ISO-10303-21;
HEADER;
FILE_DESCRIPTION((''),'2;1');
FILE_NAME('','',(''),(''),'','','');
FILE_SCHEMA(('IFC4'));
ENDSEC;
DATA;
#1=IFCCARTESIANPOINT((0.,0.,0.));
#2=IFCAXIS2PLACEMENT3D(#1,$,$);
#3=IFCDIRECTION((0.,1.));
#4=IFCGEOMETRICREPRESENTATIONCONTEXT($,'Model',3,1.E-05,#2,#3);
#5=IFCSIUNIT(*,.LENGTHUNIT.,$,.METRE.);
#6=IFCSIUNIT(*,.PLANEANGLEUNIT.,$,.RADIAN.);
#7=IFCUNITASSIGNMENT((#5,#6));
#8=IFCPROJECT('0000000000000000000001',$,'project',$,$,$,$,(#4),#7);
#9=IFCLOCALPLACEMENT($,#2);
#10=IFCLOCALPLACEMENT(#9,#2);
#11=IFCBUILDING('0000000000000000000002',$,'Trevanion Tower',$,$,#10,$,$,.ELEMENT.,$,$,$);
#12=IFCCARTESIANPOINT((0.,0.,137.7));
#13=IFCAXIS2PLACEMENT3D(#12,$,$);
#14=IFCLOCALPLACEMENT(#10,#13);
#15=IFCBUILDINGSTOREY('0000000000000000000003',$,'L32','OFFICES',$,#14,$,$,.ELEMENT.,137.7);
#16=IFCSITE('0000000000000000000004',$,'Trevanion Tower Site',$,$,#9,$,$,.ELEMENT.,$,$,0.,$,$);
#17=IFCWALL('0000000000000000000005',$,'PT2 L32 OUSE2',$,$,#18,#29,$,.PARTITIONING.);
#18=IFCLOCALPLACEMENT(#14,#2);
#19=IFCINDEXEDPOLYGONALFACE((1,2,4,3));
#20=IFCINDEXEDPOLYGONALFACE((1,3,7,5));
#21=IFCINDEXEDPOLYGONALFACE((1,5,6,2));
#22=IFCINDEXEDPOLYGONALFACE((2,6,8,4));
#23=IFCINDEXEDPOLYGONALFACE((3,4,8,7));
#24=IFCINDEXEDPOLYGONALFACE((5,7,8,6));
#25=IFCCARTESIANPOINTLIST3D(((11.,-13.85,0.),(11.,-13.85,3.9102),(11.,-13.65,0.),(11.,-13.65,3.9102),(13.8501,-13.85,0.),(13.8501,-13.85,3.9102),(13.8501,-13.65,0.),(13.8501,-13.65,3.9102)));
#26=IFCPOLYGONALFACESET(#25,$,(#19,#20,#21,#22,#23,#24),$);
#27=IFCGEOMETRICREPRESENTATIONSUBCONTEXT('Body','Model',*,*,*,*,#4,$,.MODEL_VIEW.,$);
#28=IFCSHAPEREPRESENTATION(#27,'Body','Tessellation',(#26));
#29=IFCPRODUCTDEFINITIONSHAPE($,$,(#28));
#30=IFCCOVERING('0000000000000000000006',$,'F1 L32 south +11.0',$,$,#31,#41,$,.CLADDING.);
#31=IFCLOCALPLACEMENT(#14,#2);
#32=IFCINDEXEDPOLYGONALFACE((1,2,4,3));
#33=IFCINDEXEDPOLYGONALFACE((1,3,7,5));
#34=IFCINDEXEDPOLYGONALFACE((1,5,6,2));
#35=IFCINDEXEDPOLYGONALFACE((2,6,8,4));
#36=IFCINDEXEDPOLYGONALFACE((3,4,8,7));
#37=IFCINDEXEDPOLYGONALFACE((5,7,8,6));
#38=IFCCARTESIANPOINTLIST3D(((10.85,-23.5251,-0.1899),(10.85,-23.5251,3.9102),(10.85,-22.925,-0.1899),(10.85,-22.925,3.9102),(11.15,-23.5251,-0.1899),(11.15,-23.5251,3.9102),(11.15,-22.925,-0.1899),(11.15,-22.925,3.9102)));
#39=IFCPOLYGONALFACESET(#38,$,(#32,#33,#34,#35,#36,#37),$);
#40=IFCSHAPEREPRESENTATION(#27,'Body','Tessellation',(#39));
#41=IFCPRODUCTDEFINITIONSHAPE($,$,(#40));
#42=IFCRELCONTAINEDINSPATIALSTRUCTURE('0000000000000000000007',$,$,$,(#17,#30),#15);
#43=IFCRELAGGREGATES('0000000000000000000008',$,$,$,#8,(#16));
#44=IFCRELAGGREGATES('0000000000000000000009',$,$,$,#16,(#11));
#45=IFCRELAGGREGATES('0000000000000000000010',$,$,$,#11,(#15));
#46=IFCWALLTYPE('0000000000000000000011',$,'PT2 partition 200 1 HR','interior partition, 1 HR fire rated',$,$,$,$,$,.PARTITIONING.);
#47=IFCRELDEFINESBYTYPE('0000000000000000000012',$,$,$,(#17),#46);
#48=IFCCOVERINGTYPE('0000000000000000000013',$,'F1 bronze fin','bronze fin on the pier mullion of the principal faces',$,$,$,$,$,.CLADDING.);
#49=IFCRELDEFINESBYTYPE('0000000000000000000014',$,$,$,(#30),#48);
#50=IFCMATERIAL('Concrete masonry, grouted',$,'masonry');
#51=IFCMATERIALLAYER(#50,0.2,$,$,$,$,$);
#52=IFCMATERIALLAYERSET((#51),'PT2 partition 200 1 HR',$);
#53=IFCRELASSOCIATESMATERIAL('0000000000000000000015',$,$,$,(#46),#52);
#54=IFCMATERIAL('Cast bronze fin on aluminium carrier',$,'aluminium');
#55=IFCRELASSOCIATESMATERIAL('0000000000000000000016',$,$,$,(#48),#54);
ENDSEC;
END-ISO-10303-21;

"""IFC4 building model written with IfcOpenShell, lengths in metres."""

from ifc_helpers import new_model, si_unit, direction, frame, frame_2d, origin, origin_2d, place, context, subcontext, project, spatial, rectangle, extrude, material, layer, layer_set, type_object, element, save


model = new_model("IFC4")

# Units and contexts
model_context = context("Model", 3, precision=1e-05, world=origin(), true_north=direction((0.0, 1.0)))
body_context = subcontext(model_context, "Body", "Model", "MODEL_VIEW")
ifc_project = project(units=[si_unit("LENGTHUNIT", "METRE"), si_unit("PLANEANGLEUNIT", "RADIAN")], contexts=[model_context])

# Site, building, storey
site_placement = place(None, origin())
site = spatial("IfcSite", under=ifc_project, at=site_placement, Name="Trevanion Tower Site", CompositionType="ELEMENT", RefElevation=0.0)
building_placement = place(site_placement, origin())
building = spatial("IfcBuilding", under=site, at=building_placement, Name="Trevanion Tower", CompositionType="ELEMENT")
storey_placement = place(building_placement, frame((0.0, 0.0, 137.7)))
storey = spatial("IfcBuildingStorey", under=building, at=storey_placement, Name="L32", Description="OFFICES", CompositionType="ELEMENT", Elevation=137.7)

# Wall
ifc_material_1 = material(Name="Concrete masonry, grouted", Category="masonry")
ifc_layer_1 = layer(ifc_material_1, 0.2)
ifc_layer_set_1 = layer_set([ifc_layer_1], Name="PT2 partition 200 1 HR")
wall_type_1 = type_object("IfcWallType", Name="PT2 partition 200 1 HR", Description="interior partition, 1 HR fire rated", PredefinedType="PARTITIONING", material=ifc_layer_set_1)
wall_placement = place(storey_placement, frame((11.0, -13.75, 0.0), z_axis=(0.0, 0.0, 1.0), x_axis=(1.0, 0.0, 0.0)))
element("IfcWall", 1, at=wall_placement, inside=storey, type_object=wall_type_1, Name="PT2 L32 OUSE2", PredefinedType="PARTITIONING", context=body_context, shape_type="SweptSolid", body=[
    extrude(rectangle(XDim=2.8501, YDim=0.2, at=frame_2d((1.425, 0.0))), origin(), (0.0, 0.0, 1.0), 3.9102),
])

# Covering
ifc_material_2 = material(Name="Cast bronze fin on aluminium carrier", Category="aluminium")
covering_type = type_object("IfcCoveringType", Name="F1 bronze fin", Description="bronze fin on the pier mullion of the principal faces", PredefinedType="CLADDING", material=ifc_material_2)
covering_placement = place(storey_placement, frame((11.0, -23.2251, -0.1899), z_axis=(0.0, 0.0, 1.0), x_axis=(1.0, 0.0, 0.0)))
element("IfcCovering", 2, at=covering_placement, inside=storey, type_object=covering_type, Name="F1 L32 south +11.0", PredefinedType="CLADDING", context=body_context, shape_type="SweptSolid", body=[
    extrude(rectangle(XDim=0.3, YDim=0.6001, at=origin_2d()), origin(), (0.0, 0.0, 1.0), 4.1001),
])

save(model, "model.ifc")
